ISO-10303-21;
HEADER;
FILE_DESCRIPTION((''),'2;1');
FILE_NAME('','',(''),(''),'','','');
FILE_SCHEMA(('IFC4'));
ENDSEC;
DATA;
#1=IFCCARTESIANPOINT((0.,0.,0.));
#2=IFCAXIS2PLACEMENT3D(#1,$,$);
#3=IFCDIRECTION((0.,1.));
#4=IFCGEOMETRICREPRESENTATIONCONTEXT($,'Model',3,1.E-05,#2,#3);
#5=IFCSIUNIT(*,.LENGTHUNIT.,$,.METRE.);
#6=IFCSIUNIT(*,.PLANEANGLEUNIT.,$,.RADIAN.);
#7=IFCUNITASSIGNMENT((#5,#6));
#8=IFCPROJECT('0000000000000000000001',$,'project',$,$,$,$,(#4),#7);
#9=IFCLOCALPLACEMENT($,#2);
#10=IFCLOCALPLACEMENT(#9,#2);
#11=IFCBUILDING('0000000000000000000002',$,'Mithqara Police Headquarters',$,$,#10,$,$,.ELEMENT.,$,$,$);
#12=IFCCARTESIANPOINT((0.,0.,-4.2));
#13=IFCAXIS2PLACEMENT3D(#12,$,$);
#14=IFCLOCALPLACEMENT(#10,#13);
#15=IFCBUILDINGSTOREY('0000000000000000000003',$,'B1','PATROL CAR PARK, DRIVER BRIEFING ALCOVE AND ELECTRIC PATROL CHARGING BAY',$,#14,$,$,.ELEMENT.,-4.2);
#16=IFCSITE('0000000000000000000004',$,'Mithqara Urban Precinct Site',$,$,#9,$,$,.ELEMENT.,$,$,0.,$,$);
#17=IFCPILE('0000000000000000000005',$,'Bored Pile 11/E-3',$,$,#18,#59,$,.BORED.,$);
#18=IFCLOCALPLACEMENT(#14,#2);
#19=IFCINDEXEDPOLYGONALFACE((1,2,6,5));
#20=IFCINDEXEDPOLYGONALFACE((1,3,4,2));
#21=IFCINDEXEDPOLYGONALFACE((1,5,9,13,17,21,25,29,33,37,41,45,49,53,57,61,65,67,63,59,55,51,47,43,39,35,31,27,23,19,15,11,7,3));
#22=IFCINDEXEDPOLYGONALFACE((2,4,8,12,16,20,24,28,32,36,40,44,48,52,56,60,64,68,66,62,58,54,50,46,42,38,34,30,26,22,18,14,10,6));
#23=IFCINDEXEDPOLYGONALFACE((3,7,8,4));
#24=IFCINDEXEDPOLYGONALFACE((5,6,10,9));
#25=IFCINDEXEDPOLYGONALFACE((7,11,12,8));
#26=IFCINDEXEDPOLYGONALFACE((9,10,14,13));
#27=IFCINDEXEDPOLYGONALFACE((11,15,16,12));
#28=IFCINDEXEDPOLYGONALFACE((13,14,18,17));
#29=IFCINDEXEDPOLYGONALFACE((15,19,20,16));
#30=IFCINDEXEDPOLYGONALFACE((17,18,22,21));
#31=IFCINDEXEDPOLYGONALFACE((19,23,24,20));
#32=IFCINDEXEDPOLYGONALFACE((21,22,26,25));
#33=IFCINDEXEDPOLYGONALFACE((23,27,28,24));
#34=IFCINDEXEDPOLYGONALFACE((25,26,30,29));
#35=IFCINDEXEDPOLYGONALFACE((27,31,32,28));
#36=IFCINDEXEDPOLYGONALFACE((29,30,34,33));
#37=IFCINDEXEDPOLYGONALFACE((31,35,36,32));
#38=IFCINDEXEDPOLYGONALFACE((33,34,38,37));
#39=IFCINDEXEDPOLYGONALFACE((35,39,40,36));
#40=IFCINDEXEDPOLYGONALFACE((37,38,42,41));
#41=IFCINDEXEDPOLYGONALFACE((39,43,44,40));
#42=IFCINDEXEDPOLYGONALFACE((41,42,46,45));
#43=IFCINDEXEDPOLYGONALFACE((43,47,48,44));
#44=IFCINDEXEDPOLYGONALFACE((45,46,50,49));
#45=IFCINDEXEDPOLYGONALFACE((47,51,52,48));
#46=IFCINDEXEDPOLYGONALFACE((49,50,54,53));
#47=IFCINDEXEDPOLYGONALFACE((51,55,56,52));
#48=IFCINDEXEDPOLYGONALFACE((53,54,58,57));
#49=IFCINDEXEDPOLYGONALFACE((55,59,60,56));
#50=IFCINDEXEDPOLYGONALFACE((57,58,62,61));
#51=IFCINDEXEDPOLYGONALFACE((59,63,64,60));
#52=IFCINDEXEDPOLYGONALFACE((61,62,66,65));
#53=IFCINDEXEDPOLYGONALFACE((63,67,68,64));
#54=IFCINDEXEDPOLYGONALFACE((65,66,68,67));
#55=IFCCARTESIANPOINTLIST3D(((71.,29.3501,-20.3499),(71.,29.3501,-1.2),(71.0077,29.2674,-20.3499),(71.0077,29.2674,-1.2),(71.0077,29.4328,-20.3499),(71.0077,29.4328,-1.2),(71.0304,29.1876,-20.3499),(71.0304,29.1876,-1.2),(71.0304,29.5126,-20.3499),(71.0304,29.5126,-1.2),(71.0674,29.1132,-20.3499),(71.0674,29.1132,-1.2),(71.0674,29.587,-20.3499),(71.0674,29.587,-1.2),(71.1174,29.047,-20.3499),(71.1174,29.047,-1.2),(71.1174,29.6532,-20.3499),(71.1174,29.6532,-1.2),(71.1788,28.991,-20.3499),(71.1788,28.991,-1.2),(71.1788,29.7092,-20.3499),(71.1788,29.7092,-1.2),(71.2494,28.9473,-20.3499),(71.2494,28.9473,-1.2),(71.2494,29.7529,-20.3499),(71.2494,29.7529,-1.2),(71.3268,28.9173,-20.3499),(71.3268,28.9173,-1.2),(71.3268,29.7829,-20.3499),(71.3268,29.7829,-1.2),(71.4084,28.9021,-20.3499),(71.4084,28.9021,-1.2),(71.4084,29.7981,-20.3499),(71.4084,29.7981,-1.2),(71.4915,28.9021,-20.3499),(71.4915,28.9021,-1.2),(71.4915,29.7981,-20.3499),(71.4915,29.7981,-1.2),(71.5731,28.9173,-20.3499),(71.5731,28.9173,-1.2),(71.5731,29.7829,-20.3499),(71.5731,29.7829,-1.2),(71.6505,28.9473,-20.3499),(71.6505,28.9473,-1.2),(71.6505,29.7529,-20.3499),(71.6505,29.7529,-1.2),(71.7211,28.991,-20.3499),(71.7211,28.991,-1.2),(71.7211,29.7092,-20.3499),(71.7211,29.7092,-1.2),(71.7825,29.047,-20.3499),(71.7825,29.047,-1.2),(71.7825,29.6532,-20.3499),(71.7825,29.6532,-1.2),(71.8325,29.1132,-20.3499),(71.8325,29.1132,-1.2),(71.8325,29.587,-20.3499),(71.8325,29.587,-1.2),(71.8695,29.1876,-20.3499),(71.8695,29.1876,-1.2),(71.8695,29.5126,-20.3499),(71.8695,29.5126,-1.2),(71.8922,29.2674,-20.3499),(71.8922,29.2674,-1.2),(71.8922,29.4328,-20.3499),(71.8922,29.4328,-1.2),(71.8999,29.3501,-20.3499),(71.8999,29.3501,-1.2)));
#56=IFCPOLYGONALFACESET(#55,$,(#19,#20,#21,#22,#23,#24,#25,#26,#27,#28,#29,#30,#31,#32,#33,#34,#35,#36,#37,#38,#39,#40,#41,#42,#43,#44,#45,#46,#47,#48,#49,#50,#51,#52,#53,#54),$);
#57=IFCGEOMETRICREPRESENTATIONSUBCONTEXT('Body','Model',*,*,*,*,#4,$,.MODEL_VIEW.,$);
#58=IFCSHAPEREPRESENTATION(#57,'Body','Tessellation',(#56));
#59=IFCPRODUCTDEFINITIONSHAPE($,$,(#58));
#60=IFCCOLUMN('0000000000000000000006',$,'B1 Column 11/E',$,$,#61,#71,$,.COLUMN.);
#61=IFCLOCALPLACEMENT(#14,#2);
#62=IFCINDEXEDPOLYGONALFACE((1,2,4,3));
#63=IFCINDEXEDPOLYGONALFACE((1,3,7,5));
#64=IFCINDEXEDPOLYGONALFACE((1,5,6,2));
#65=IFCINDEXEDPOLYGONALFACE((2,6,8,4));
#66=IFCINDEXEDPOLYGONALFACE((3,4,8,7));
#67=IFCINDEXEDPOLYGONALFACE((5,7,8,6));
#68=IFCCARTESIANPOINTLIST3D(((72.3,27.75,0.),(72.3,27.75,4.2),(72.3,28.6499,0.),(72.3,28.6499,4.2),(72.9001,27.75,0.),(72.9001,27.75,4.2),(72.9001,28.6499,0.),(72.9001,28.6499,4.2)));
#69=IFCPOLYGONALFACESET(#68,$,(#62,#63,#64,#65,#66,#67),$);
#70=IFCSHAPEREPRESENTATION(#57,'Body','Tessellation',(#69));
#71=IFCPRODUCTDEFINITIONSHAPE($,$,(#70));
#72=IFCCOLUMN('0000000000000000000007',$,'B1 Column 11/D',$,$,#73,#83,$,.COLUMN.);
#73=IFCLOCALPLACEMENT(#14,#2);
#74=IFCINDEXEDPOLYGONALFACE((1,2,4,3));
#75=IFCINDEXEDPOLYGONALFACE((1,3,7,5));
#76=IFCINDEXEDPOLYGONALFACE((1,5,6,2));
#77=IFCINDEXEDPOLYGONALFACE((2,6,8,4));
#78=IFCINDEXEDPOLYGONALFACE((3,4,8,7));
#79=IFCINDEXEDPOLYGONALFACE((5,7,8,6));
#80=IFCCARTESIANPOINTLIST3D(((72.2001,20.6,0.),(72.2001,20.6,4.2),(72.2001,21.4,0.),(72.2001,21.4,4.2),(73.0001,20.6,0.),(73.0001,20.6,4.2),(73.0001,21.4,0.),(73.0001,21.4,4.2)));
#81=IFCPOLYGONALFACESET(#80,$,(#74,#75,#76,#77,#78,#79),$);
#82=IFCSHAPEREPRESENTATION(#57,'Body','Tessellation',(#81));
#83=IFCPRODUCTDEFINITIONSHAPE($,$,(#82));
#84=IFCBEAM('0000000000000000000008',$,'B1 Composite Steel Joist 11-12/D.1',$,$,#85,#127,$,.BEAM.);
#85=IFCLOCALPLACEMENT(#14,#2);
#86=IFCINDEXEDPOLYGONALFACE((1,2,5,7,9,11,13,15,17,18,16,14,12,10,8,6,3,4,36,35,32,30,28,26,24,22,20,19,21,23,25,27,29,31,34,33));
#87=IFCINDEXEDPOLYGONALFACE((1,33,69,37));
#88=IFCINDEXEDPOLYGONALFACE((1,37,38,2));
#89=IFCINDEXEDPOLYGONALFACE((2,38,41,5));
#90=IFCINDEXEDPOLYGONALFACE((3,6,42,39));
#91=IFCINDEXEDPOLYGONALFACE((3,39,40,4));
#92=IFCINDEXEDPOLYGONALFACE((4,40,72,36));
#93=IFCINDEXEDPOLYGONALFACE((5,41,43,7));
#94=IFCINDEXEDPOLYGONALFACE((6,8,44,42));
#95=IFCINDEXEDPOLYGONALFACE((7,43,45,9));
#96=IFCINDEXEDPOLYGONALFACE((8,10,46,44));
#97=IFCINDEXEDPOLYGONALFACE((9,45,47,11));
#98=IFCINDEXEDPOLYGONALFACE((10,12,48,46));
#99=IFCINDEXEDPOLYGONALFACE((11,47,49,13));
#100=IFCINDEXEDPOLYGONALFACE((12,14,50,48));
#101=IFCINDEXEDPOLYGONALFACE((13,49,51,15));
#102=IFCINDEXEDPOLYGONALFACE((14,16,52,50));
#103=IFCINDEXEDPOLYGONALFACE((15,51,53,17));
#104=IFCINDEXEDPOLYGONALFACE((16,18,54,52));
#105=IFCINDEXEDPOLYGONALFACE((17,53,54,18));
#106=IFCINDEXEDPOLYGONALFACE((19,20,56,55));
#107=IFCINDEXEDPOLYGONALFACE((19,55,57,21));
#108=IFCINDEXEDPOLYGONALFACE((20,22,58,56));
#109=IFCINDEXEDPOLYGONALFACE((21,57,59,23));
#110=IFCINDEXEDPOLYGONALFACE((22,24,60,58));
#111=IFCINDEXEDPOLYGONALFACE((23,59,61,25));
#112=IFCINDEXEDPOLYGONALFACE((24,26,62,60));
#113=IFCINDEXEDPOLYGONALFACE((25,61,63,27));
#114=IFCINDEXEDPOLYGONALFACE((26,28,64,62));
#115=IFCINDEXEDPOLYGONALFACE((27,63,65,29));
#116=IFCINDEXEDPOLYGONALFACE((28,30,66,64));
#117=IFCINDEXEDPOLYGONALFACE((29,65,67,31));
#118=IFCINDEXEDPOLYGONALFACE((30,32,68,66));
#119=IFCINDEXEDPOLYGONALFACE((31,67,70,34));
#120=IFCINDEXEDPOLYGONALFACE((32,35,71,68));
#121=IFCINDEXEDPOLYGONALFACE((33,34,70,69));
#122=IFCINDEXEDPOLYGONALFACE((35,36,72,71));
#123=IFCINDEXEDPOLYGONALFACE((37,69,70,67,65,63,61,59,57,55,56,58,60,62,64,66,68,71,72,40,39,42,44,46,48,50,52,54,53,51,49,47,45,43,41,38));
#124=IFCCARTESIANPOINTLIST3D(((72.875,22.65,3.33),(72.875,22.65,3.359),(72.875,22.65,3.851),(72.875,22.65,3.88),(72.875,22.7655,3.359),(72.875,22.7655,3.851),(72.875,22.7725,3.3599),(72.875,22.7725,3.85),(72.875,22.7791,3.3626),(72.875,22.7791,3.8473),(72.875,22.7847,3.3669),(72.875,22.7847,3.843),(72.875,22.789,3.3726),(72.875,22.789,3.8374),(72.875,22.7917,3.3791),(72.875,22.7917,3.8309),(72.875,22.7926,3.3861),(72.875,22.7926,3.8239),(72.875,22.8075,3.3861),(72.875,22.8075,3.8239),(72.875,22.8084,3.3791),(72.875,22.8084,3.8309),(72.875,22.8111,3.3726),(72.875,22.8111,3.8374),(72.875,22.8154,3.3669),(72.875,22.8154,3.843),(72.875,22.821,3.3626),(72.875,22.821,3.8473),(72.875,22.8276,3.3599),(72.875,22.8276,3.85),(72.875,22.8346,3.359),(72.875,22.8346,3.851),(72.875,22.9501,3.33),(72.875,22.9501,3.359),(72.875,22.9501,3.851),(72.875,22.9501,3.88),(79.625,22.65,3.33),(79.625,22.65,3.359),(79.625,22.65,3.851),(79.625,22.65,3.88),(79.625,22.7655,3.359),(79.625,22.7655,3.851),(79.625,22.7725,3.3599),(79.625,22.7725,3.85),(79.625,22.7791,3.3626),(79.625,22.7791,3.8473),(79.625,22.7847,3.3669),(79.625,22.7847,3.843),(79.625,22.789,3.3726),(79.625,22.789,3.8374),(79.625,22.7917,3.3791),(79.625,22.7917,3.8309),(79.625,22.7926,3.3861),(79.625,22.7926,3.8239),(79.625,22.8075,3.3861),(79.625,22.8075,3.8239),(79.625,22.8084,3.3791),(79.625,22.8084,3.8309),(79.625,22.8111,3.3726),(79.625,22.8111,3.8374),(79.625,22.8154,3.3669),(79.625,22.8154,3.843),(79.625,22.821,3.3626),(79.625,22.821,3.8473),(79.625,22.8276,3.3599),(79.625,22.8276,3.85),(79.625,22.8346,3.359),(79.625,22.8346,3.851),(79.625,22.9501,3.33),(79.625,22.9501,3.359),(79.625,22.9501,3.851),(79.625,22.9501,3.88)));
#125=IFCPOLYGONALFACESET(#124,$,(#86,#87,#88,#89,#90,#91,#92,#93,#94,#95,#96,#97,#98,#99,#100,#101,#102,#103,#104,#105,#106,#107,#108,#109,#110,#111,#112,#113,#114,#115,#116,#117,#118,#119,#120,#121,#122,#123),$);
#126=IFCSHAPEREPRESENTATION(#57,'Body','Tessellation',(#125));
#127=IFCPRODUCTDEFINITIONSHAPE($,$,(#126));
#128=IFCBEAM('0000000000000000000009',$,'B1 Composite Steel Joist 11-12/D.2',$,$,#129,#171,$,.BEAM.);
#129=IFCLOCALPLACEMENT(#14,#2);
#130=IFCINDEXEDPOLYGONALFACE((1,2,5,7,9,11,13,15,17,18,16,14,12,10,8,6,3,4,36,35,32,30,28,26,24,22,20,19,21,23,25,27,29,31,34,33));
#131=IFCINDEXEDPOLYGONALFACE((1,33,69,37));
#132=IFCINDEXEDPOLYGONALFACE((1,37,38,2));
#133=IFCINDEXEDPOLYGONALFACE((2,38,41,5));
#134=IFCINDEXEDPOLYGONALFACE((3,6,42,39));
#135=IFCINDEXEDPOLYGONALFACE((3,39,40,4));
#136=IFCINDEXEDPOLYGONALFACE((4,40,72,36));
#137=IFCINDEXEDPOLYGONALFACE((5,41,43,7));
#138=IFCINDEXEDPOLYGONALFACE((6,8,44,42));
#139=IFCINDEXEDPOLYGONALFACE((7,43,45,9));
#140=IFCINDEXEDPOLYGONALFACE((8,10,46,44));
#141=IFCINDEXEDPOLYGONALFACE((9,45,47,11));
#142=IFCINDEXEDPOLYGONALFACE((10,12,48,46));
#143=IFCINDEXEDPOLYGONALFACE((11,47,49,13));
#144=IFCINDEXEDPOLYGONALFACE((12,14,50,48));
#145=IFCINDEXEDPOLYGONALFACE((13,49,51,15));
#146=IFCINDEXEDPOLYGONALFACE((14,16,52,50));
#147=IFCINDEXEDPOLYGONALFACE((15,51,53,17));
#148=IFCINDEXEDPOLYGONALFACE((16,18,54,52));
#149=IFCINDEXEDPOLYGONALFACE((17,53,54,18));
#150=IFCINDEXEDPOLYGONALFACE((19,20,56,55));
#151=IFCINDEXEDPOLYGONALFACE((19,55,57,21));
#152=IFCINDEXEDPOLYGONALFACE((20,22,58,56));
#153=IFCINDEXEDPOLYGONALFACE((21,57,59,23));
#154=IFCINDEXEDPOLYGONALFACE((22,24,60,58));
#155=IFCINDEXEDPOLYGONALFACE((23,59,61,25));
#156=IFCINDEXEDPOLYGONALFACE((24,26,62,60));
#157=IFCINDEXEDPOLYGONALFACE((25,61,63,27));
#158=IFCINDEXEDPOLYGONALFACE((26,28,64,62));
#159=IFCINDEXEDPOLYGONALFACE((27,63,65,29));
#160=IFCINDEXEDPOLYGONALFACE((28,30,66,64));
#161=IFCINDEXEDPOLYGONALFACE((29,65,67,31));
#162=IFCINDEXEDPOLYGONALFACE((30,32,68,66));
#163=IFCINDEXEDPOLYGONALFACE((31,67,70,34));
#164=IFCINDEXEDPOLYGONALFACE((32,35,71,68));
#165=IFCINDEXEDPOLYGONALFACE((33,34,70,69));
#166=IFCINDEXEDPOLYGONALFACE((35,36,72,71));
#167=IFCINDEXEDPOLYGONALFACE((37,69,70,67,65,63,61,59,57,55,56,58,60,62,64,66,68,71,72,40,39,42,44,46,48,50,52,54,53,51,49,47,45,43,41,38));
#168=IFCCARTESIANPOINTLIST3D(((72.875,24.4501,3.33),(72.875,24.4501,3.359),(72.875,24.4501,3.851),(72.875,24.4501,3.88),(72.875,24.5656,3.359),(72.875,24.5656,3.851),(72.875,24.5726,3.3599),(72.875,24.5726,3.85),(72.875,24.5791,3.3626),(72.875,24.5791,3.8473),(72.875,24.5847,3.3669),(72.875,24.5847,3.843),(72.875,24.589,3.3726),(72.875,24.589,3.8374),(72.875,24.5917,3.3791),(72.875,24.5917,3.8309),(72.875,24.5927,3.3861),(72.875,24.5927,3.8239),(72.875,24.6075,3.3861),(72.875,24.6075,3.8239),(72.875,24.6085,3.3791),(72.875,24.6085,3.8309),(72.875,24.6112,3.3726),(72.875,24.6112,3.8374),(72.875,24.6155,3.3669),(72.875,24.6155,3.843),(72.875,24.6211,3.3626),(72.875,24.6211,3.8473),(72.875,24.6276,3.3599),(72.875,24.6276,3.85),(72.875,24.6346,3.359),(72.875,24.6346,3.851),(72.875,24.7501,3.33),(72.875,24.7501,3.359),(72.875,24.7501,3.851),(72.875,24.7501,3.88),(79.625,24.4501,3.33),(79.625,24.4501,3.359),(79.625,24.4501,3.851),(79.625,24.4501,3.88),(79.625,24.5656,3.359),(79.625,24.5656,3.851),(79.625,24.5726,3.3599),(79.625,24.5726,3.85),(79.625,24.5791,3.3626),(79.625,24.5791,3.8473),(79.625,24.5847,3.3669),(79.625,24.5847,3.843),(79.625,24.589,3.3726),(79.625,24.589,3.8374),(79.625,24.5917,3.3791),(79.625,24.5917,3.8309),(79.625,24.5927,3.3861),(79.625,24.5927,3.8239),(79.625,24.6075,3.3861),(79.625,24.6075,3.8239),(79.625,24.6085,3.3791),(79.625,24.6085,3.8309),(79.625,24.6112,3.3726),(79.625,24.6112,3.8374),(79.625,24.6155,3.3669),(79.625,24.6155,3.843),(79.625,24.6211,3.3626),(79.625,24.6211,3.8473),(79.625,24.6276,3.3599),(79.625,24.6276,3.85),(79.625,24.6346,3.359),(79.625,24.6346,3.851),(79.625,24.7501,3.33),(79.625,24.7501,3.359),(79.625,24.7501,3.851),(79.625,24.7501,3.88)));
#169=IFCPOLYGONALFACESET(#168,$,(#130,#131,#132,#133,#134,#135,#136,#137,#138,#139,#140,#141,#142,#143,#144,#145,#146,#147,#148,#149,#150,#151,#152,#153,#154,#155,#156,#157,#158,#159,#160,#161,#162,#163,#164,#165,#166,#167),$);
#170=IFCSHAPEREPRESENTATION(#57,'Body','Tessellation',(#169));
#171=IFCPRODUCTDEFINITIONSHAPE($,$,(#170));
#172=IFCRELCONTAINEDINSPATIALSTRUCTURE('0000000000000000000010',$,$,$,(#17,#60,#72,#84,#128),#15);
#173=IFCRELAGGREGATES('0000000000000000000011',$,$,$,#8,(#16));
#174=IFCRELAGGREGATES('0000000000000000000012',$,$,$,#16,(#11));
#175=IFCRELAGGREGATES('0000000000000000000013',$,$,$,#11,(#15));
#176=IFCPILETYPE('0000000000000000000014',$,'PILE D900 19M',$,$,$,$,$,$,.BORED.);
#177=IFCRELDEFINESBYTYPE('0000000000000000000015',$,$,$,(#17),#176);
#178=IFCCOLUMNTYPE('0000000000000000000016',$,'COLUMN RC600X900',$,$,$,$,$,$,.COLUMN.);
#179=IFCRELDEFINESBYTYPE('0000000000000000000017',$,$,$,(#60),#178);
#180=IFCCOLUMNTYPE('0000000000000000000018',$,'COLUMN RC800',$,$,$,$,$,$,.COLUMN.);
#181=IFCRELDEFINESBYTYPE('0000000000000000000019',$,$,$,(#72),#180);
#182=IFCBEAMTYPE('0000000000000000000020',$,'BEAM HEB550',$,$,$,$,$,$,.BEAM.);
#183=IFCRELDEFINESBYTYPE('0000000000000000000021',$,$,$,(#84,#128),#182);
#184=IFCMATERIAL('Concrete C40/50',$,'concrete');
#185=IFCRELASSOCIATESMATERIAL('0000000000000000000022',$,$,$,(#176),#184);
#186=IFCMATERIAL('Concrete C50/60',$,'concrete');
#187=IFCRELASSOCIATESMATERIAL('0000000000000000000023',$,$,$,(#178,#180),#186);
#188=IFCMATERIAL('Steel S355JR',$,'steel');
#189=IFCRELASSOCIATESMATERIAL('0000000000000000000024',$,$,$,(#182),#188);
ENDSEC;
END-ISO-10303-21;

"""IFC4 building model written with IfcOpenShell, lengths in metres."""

from ifc_helpers import new_model, si_unit, direction, frame, origin, origin_2d, place, context, subcontext, project, spatial, rectangle, circle, i_section, extrude, material, material_profile, profile_set, type_object, element, save


model = new_model("IFC4")

# Units and contexts
model_context = context("Model", 3, precision=1e-05, world=origin(), true_north=direction((0.0, 1.0)))
body_context = subcontext(model_context, "Body", "Model", "MODEL_VIEW")
ifc_project = project(units=[si_unit("LENGTHUNIT", "METRE"), si_unit("PLANEANGLEUNIT", "RADIAN")], contexts=[model_context])

# Site, building, storey
site_placement = place(None, origin())
site = spatial("IfcSite", under=ifc_project, at=site_placement, Name="Mithqara Urban Precinct Site", CompositionType="ELEMENT", RefElevation=0.0)
building_placement = place(site_placement, origin())
building = spatial("IfcBuilding", under=site, at=building_placement, Name="Mithqara Police Headquarters", CompositionType="ELEMENT")
storey_placement = place(building_placement, frame((0.0, 0.0, -4.2)))
storey = spatial("IfcBuildingStorey", under=building, at=storey_placement, Name="B1", Description="PATROL CAR PARK, DRIVER BRIEFING ALCOVE AND ELECTRIC PATROL CHARGING BAY", CompositionType="ELEMENT", Elevation=-4.2)

# Shared definitions
ifc_material_1 = material(Name="Concrete C40/50", Category="concrete")

# Pile
ifc_material_profile_1 = material_profile(ifc_material_1, circle(Radius=0.45, at=origin_2d()), Name="PILE D900")
ifc_profile_set_1 = profile_set([ifc_material_profile_1], Name="Concrete C40/50")
pile_type_1 = type_object("IfcPileType", Name="PILE D900 19M", PredefinedType="BORED", material=ifc_profile_set_1)
for number, where, z_axis, x_axis, name in (
    (1, (71.45, 29.3501, -1.2), (0.0, 0.0, -1.0), (1.0, 0.0, 0.0), "Bored Pile 11/E-3"),
):
    element("IfcPile", number, at=place(storey_placement, frame(where, z_axis=z_axis, x_axis=x_axis)), inside=storey, type_object=pile_type_1, Name=name, PredefinedType="BORED", context=body_context, shape_type="SweptSolid", body=[
        extrude(circle(Radius=0.45, at=origin_2d()), origin(), (0.0, 0.0, 1.0), 19.1499),
    ])

# Columns
ifc_material_2 = material(Name="Concrete C50/60", Category="concrete")
ifc_material_profile_2 = material_profile(ifc_material_2, rectangle(XDim=0.6001, YDim=0.8999, at=origin_2d()), Name="RC 600x900")
ifc_profile_set_2 = profile_set([ifc_material_profile_2], Name="Concrete C50/60")
column_type_1 = type_object("IfcColumnType", Name="COLUMN RC600X900", PredefinedType="COLUMN", material=ifc_profile_set_2)
column_1_placement = place(storey_placement, frame((72.6001, 28.2, 0.0), z_axis=(0.0, 0.0, 1.0), x_axis=(1.0, 0.0, 0.0)))
element("IfcColumn", 2, at=column_1_placement, inside=storey, type_object=column_type_1, Name="B1 Column 11/E", PredefinedType="COLUMN", context=body_context, shape_type="SweptSolid", body=[
    extrude(rectangle(XDim=0.6001, YDim=0.8999, at=origin_2d()), origin(), (0.0, 0.0, 1.0), 4.2),
])
ifc_material_profile_3 = material_profile(ifc_material_2, rectangle(XDim=0.8, YDim=0.8, at=origin_2d()), Name="RC 800x800")
ifc_profile_set_3 = profile_set([ifc_material_profile_3], Name="Concrete C50/60")
column_type_2 = type_object("IfcColumnType", Name="COLUMN RC800", PredefinedType="COLUMN", material=ifc_profile_set_3)
column_2_placement = place(storey_placement, frame((72.6001, 21.0, 0.0), z_axis=(0.0, 0.0, 1.0), x_axis=(1.0, 0.0, 0.0)))
element("IfcColumn", 3, at=column_2_placement, inside=storey, type_object=column_type_2, Name="B1 Column 11/D", PredefinedType="COLUMN", context=body_context, shape_type="SweptSolid", body=[
    extrude(rectangle(XDim=0.8, YDim=0.8, at=origin_2d()), origin(), (0.0, 0.0, 1.0), 4.2),
])

# Beams
ifc_material_3 = material(Name="Steel S355JR", Category="steel")
ifc_material_profile_4 = material_profile(ifc_material_3, i_section(OverallWidth=0.3, OverallDepth=0.55, WebThickness=0.0149, FlangeThickness=0.0291, FilletRadius=0.0271, at=origin_2d()), Name="HEB 550")
ifc_profile_set_4 = profile_set([ifc_material_profile_4], Name="Steel S355JR")
beam_type_1 = type_object("IfcBeamType", Name="BEAM HEB550", PredefinedType="BEAM", material=ifc_profile_set_4)
for number, where, z_axis, x_axis, name in (
    (4, (72.875, 22.8, 3.605), (1.0, 0.0, 0.0), (0.0, 1.0, 0.0), "B1 Composite Steel Joist 11-12/D.1"),
    (5, (72.875, 24.6001, 3.605), (1.0, 0.0, 0.0), (0.0, 1.0, 0.0), "B1 Composite Steel Joist 11-12/D.2"),
):
    element("IfcBeam", number, at=place(storey_placement, frame(where, z_axis=z_axis, x_axis=x_axis)), inside=storey, type_object=beam_type_1, Name=name, PredefinedType="BEAM", context=body_context, shape_type="SweptSolid", body=[
        extrude(i_section(OverallWidth=0.3, OverallDepth=0.55, WebThickness=0.0149, FlangeThickness=0.0291, FilletRadius=0.0271, at=origin_2d()), origin(), (0.0, 0.0, 1.0), 6.75),
    ])

save(model, "model.ifc")
